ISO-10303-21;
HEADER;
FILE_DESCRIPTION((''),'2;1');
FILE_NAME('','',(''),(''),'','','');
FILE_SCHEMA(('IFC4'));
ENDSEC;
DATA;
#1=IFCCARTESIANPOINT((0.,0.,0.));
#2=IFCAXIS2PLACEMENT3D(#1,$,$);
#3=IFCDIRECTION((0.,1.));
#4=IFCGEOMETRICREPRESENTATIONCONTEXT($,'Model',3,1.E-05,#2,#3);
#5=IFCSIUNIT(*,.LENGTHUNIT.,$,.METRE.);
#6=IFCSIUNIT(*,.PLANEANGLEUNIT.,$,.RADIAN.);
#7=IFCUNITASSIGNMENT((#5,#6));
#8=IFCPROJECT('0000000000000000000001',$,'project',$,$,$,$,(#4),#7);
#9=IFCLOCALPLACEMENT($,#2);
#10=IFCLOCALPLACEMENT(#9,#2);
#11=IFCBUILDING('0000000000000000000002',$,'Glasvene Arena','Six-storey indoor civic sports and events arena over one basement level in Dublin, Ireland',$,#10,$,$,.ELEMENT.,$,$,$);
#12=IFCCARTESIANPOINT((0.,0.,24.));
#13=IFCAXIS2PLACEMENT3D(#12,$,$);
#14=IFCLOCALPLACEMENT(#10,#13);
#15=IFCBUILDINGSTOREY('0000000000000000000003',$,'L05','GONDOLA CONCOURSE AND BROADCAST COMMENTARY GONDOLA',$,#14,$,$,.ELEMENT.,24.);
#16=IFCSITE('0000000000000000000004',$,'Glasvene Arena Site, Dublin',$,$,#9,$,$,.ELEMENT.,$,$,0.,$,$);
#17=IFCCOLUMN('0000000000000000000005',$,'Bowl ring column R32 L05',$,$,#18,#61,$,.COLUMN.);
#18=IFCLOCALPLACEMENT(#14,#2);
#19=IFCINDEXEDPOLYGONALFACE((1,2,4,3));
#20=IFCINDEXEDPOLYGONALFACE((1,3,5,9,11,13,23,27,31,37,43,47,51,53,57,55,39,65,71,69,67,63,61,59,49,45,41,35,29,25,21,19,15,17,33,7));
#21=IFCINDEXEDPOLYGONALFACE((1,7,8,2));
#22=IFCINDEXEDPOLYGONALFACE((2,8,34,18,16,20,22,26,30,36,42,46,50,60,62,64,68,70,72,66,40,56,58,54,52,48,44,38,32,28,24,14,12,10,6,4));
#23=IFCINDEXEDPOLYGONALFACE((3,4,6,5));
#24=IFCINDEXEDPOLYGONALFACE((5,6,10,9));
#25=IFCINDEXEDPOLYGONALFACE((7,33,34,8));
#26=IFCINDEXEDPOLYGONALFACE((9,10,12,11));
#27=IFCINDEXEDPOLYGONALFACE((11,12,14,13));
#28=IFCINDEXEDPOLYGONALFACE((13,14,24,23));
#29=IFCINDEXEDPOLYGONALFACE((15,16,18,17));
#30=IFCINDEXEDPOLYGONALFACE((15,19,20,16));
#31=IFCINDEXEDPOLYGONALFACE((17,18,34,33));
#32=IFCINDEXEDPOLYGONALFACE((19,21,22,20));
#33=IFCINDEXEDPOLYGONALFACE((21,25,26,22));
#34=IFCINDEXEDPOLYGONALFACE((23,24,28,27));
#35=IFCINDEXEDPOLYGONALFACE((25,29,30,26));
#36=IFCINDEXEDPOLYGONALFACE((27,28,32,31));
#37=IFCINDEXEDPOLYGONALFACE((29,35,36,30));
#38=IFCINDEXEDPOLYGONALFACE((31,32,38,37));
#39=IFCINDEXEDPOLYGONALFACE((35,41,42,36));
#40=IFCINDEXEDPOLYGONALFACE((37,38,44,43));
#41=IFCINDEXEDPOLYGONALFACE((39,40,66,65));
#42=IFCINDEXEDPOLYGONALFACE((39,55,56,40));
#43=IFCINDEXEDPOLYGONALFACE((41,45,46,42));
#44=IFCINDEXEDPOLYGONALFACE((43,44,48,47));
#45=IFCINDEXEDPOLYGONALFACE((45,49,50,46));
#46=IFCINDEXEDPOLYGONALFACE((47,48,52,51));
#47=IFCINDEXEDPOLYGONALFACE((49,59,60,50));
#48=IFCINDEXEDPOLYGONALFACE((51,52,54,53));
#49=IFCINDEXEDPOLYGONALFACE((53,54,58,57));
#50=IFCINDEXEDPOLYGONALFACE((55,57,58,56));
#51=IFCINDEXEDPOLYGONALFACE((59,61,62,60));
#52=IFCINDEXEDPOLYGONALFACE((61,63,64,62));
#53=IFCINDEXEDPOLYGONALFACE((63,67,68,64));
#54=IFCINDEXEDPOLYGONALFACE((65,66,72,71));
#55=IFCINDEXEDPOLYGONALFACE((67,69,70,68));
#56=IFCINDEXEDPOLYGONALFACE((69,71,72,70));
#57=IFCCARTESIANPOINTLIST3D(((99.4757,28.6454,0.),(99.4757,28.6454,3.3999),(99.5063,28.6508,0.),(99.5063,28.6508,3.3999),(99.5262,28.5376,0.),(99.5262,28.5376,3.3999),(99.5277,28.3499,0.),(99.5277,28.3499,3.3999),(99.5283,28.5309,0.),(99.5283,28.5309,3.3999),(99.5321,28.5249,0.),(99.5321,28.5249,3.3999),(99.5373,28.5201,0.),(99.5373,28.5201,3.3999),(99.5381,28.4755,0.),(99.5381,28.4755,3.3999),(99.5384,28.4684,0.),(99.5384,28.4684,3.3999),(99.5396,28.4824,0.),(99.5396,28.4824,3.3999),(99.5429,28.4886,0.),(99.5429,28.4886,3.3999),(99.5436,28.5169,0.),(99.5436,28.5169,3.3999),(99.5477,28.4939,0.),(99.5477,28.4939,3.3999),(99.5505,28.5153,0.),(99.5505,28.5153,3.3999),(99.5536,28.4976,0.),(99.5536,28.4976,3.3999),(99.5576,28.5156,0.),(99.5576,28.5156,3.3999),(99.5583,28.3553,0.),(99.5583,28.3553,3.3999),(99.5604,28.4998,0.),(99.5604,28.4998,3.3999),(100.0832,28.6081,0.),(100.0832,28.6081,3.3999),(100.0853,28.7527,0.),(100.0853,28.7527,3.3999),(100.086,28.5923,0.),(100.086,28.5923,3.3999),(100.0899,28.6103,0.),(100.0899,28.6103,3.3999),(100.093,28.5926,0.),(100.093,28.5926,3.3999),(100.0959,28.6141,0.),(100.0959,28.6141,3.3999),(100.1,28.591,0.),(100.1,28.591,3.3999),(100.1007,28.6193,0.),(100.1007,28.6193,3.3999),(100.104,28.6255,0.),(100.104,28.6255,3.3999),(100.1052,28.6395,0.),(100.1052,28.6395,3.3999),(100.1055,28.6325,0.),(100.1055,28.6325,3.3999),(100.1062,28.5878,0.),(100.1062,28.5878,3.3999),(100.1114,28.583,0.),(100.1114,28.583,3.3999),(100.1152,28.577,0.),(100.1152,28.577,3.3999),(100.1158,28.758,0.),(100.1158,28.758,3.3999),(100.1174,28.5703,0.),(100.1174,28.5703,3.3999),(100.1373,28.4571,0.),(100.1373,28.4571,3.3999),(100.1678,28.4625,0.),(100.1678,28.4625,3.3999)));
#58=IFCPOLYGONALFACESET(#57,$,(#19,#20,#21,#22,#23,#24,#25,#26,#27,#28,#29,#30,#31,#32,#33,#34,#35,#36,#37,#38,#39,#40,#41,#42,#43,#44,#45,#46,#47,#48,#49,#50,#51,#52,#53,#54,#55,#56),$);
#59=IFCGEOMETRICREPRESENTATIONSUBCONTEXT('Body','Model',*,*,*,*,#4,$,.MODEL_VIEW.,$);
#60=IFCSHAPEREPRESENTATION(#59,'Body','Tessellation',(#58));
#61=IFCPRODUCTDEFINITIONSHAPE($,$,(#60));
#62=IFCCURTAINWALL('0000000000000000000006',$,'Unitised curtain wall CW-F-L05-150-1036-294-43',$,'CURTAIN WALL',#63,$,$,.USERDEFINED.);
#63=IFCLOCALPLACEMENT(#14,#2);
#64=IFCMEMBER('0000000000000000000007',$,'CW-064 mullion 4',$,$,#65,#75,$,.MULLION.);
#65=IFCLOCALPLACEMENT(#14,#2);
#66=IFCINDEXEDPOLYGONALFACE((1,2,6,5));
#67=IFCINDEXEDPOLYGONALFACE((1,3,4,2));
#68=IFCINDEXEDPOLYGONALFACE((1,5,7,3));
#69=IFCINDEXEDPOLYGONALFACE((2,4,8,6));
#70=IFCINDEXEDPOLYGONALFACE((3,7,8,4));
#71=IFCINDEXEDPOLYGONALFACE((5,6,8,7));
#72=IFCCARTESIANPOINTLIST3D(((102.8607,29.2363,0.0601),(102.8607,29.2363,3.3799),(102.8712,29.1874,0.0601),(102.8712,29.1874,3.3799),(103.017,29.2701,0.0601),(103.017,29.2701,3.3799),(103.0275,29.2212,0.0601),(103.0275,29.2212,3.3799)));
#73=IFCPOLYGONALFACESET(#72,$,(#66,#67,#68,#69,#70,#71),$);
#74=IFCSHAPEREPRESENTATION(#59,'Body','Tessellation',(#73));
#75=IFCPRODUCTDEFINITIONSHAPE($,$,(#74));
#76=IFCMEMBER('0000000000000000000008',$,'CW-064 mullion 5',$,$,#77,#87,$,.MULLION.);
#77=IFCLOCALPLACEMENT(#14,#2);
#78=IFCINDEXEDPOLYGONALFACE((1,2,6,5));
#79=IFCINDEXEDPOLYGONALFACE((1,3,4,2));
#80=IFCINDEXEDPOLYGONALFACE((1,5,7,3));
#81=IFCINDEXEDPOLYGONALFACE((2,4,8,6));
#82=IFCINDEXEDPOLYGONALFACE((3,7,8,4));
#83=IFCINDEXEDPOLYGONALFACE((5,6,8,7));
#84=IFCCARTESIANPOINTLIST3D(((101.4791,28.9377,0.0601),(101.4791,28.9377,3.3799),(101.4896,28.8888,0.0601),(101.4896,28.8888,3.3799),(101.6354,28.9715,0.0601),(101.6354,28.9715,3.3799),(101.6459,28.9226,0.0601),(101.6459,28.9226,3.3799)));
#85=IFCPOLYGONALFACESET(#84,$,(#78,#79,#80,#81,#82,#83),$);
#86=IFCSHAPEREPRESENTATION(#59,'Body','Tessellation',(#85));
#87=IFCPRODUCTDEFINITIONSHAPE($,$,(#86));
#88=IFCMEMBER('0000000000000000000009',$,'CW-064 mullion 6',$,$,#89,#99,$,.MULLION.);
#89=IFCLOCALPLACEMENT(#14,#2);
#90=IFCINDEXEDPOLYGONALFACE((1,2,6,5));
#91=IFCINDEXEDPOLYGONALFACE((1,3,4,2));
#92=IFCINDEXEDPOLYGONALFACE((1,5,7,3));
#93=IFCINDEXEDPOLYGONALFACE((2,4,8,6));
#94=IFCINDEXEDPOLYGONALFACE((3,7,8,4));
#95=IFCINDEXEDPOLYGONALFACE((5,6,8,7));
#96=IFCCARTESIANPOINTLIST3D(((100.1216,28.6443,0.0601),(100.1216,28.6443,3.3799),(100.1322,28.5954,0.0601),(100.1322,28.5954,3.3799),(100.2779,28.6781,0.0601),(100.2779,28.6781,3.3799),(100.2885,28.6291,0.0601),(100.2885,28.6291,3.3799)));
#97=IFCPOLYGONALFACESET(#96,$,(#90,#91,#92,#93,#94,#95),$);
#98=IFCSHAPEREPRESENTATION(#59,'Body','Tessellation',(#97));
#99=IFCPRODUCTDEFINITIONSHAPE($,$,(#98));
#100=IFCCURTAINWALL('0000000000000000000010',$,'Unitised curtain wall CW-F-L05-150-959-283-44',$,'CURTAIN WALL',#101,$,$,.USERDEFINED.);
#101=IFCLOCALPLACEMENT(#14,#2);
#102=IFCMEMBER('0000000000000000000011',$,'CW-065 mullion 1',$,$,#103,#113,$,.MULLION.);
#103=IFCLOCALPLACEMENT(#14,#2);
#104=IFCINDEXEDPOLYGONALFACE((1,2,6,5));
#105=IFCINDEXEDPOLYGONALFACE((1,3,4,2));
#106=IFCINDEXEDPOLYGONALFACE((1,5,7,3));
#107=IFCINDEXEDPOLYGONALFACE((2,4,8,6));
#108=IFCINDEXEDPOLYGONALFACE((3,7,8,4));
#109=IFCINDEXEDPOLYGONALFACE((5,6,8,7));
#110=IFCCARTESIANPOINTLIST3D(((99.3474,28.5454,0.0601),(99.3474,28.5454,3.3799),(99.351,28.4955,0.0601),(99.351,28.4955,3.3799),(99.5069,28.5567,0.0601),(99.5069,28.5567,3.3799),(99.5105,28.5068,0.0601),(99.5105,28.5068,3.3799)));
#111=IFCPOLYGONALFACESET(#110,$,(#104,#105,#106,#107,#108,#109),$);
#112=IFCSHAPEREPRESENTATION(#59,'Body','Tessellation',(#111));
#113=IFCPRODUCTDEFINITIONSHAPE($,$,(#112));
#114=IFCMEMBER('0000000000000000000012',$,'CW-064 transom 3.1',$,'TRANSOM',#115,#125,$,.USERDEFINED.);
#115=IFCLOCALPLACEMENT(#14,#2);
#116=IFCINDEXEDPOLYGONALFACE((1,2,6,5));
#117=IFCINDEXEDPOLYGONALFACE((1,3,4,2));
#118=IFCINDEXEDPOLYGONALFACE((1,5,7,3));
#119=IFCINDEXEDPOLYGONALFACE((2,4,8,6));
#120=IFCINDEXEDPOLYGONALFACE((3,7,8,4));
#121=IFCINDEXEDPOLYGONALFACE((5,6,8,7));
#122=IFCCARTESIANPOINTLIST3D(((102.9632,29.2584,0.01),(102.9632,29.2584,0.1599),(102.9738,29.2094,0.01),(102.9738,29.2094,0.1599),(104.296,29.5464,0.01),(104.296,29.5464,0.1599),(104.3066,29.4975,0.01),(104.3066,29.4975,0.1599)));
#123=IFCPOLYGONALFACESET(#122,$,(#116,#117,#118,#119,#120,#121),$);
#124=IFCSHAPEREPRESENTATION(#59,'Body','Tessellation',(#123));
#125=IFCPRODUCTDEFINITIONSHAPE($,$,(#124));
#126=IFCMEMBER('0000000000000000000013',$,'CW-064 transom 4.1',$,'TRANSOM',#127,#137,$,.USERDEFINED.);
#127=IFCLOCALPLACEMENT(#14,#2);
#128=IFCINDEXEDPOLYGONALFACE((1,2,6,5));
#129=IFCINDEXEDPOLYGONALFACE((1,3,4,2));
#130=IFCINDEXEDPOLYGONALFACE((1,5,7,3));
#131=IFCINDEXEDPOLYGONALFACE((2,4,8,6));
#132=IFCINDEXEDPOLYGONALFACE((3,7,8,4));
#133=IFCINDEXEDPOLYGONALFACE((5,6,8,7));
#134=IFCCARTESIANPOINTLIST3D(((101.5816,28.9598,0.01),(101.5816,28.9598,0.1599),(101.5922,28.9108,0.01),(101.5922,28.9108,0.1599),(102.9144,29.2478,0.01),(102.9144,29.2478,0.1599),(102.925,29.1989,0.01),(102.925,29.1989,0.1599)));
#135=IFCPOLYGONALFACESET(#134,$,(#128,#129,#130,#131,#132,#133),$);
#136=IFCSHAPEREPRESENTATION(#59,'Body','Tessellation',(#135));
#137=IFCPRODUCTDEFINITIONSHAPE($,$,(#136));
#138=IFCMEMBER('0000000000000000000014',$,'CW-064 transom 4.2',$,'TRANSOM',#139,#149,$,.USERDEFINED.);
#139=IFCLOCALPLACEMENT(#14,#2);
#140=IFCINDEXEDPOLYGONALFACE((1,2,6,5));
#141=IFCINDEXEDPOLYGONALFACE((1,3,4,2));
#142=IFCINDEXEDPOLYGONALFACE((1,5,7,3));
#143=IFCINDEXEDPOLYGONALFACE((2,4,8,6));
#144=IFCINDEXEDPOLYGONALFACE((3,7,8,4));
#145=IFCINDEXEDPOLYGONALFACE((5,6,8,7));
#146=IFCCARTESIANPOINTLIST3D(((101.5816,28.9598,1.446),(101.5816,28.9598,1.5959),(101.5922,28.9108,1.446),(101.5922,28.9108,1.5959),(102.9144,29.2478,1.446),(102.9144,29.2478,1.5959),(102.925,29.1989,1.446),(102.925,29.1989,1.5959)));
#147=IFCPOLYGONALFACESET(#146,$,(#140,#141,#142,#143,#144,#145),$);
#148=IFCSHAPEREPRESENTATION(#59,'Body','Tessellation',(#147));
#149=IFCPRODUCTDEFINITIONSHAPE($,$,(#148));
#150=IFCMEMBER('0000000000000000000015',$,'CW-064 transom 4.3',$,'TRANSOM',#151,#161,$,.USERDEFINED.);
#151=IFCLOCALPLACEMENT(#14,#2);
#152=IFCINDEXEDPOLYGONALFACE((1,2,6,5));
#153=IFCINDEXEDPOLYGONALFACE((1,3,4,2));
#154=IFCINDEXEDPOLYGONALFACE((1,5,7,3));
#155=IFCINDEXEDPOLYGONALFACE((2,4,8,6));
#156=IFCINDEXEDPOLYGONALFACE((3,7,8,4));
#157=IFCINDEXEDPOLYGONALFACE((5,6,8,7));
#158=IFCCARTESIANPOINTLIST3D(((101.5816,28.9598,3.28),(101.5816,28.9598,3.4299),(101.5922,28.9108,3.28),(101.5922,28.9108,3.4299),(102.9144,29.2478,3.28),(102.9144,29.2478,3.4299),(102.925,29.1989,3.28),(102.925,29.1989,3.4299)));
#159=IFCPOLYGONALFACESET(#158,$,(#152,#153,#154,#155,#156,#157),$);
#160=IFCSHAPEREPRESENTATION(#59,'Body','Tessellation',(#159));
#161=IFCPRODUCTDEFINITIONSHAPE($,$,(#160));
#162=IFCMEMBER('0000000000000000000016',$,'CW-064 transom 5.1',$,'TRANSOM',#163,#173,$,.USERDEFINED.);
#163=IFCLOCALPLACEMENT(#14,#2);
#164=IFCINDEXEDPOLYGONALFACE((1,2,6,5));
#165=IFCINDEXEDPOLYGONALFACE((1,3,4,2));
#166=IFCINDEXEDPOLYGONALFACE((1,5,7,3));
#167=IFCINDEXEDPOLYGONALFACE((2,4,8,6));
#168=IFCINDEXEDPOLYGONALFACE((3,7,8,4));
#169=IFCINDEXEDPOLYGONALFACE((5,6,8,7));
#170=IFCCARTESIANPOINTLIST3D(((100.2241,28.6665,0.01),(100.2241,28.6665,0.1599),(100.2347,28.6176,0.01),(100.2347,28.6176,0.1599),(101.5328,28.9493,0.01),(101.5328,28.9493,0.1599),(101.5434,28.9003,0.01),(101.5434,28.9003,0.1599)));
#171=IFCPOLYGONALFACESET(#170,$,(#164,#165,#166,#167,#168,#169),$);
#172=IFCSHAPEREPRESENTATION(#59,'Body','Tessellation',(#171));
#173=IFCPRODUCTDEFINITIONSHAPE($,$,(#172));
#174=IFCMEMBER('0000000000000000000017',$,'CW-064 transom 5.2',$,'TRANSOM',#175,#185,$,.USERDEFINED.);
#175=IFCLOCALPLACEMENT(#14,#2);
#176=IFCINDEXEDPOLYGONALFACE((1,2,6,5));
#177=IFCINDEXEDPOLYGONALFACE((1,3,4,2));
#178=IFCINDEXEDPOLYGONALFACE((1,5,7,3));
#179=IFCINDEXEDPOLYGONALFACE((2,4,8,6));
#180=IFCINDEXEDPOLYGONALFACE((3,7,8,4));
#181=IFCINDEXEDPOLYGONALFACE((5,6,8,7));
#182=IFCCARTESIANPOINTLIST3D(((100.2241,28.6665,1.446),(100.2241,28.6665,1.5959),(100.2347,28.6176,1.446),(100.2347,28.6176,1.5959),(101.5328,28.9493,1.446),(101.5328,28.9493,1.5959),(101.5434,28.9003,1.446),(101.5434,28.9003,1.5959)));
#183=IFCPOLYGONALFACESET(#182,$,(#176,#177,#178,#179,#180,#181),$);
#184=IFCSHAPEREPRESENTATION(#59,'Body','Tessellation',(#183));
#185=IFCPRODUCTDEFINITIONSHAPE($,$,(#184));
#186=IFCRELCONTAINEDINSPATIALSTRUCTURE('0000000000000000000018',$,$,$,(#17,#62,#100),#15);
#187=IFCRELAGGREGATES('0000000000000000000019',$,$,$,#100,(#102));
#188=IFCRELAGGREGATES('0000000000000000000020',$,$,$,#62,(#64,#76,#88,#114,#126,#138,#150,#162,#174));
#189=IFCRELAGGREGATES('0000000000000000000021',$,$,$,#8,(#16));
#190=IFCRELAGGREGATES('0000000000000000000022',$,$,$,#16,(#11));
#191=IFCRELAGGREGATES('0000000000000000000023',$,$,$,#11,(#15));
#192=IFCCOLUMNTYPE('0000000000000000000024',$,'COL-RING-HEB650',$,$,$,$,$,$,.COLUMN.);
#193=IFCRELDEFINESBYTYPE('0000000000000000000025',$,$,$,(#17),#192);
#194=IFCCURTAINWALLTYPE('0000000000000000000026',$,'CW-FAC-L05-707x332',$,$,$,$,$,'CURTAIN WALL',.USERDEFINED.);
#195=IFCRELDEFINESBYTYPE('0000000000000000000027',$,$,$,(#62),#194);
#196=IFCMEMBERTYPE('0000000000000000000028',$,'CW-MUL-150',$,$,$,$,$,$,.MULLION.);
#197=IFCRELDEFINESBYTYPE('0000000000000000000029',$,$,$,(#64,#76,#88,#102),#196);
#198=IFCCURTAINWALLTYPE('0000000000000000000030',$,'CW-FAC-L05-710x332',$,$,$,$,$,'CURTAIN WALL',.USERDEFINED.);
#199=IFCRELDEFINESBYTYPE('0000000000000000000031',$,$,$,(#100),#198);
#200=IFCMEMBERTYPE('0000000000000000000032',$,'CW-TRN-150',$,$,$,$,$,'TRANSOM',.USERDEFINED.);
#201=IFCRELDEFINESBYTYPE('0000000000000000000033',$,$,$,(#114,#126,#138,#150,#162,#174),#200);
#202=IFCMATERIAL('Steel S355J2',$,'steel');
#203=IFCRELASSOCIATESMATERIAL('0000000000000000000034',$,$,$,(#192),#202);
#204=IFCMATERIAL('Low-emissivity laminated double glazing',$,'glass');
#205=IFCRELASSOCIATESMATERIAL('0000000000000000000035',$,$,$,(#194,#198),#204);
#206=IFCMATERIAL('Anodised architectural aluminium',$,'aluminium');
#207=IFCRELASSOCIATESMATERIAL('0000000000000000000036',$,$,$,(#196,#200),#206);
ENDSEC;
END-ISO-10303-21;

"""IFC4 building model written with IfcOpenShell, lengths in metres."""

from ifc_helpers import new_model, si_unit, direction, frame, origin, origin_2d, place, context, subcontext, project, spatial, rectangle, i_section, extrude, material, material_profile, profile_set, type_object, element, aggregate, save


model = new_model("IFC4")

# Units and contexts
model_context = context("Model", 3, precision=1e-05, world=origin(), true_north=direction((0.0, 1.0)))
body_context = subcontext(model_context, "Body", "Model", "MODEL_VIEW")
ifc_project = project(units=[si_unit("LENGTHUNIT", "METRE"), si_unit("PLANEANGLEUNIT", "RADIAN")], contexts=[model_context])

# Site, building, storey
site_placement = place(None, origin())
site = spatial("IfcSite", under=ifc_project, at=site_placement, Name="Glasvene Arena Site, Dublin", CompositionType="ELEMENT", RefElevation=0.0)
building_placement = place(site_placement, origin())
building = spatial("IfcBuilding", under=site, at=building_placement, Name="Glasvene Arena", Description="Six-storey indoor civic sports and events arena over one basement level in Dublin, Ireland", CompositionType="ELEMENT")
storey_placement = place(building_placement, frame((0.0, 0.0, 24.0)))
storey = spatial("IfcBuildingStorey", under=building, at=storey_placement, Name="L05", Description="GONDOLA CONCOURSE AND BROADCAST COMMENTARY GONDOLA", CompositionType="ELEMENT", Elevation=24.0)

# Column
ifc_material_1 = material(Name="Steel S355J2", Category="steel")
ifc_material_profile_1 = material_profile(ifc_material_1, i_section(OverallWidth=0.3, OverallDepth=0.6499, WebThickness=0.0161, FlangeThickness=0.031, FilletRadius=0.0271, at=origin_2d()), Name="HEB 650")
ifc_profile_set_1 = profile_set([ifc_material_profile_1], Name="Steel S355J2")
column_type = type_object("IfcColumnType", Name="COL-RING-HEB650", PredefinedType="COLUMN", material=ifc_profile_set_1)
column_placement = place(storey_placement, frame((99.8218, 28.554, 0.0), z_axis=(0.0, 0.0, 1.0), x_axis=(0.173304, -0.984868, 0.0)))
element("IfcColumn", 1, at=column_placement, inside=storey, type_object=column_type, Name="Bowl ring column R32 L05", PredefinedType="COLUMN", context=body_context, shape_type="SweptSolid", body=[
    extrude(i_section(OverallWidth=0.3, OverallDepth=0.6499, WebThickness=0.0161, FlangeThickness=0.031, FilletRadius=0.0271, at=origin_2d()), origin(), (0.0, 0.0, 1.0), 3.3999),
])

# Curtain wall, members
ifc_material_2 = material(Name="Low-emissivity laminated double glazing", Category="glass")
curtain_wall_type_1 = type_object("IfcCurtainWallType", Name="CW-FAC-L05-707x332", ElementType="CURTAIN WALL", PredefinedType="USERDEFINED", material=ifc_material_2)
curtain_wall_1_placement = place(storey_placement, frame((107.0891, 30.1245, 0.0)))
curtain_wall_1 = element("IfcCurtainWall", 2, at=curtain_wall_1_placement, inside=storey, type_object=curtain_wall_type_1, Name="Unitised curtain wall CW-F-L05-150-1036-294-43", ObjectType="CURTAIN WALL", PredefinedType="USERDEFINED")
ifc_material_3 = material(Name="Anodised architectural aluminium", Category="aluminium")
ifc_material_profile_2 = material_profile(ifc_material_3, rectangle(XDim=0.05, YDim=0.1599, at=origin_2d()), Name="ALU MULLION 50x160")
ifc_profile_set_2 = profile_set([ifc_material_profile_2], Name="Anodised architectural aluminium")
member_type_1 = type_object("IfcMemberType", Name="CW-MUL-150", PredefinedType="MULLION", material=ifc_profile_set_2)
member_1_placement = place(storey_placement, frame((102.9441, 29.2288, 0.0601), z_axis=(0.0, 0.0, 1.0), x_axis=(0.211221, -0.977438, 0.0)))
member_1 = element("IfcMember", 3, at=member_1_placement, type_object=member_type_1, Name="CW-064 mullion 4", PredefinedType="MULLION", context=body_context, shape_type="SweptSolid", body=[
    extrude(rectangle(XDim=0.05, YDim=0.1599, at=origin_2d()), origin(), (0.0, 0.0, 1.0), 3.3198),
])
member_2_placement = place(storey_placement, frame((101.5625, 28.9302, 0.0601), z_axis=(0.0, 0.0, 1.0), x_axis=(0.211221, -0.977438, 0.0)))
member_2 = element("IfcMember", 4, at=member_2_placement, type_object=member_type_1, Name="CW-064 mullion 5", PredefinedType="MULLION", context=body_context, shape_type="SweptSolid", body=[
    extrude(rectangle(XDim=0.05, YDim=0.1599, at=origin_2d()), origin(), (0.0, 0.0, 1.0), 3.3198),
])
member_3_placement = place(storey_placement, frame((100.2051, 28.6367, 0.0601), z_axis=(0.0, 0.0, 1.0), x_axis=(0.211221, -0.977438, 0.0)))
member_3 = element("IfcMember", 5, at=member_3_placement, type_object=member_type_1, Name="CW-064 mullion 6", PredefinedType="MULLION", context=body_context, shape_type="SweptSolid", body=[
    extrude(rectangle(XDim=0.05, YDim=0.1599, at=origin_2d()), origin(), (0.0, 0.0, 1.0), 3.3198),
])

# Curtain wall, member
curtain_wall_type_2 = type_object("IfcCurtainWallType", Name="CW-FAC-L05-710x332", ElementType="CURTAIN WALL", PredefinedType="USERDEFINED", material=ifc_material_2)
curtain_wall_2_placement = place(storey_placement, frame((99.4539, 28.5281, 0.0)))
curtain_wall_2 = element("IfcCurtainWall", 6, at=curtain_wall_2_placement, inside=storey, type_object=curtain_wall_type_2, Name="Unitised curtain wall CW-F-L05-150-959-283-44", ObjectType="CURTAIN WALL", PredefinedType="USERDEFINED")
member_4_placement = place(storey_placement, frame((99.429, 28.5261, 0.0601), z_axis=(0.0, 0.0, 1.0), x_axis=(0.070657, -0.997501, 0.0)))
member_4 = element("IfcMember", 7, at=member_4_placement, type_object=member_type_1, Name="CW-065 mullion 1", PredefinedType="MULLION", context=body_context, shape_type="SweptSolid", body=[
    extrude(rectangle(XDim=0.05, YDim=0.1599, at=origin_2d()), origin(), (0.0, 0.0, 1.0), 3.3198),
])

# Members
ifc_material_profile_3 = material_profile(ifc_material_3, rectangle(XDim=0.05, YDim=0.1499, at=origin_2d()), Name="ALU TRANSOM 50x150")
ifc_profile_set_3 = profile_set([ifc_material_profile_3], Name="Anodised architectural aluminium")
member_type_2 = type_object("IfcMemberType", Name="CW-TRN-150", ElementType="TRANSOM", PredefinedType="USERDEFINED", material=ifc_profile_set_3)
member_5_placement = place(storey_placement, frame((104.3013, 29.522, 0.085), z_axis=(-0.977426, -0.211277, 0.0), x_axis=(0.211277, -0.977426, 0.0)))
member_5 = element("IfcMember", 8, at=member_5_placement, type_object=member_type_2, Name="CW-064 transom 3.1", ObjectType="TRANSOM", PredefinedType="USERDEFINED", context=body_context, shape_type="SweptSolid", body=[
    extrude(rectangle(XDim=0.05, YDim=0.1499, at=origin_2d()), origin(), (0.0, 0.0, 1.0), 1.3635),
])
member_6_placement = place(storey_placement, frame((102.9197, 29.2234, 0.085), z_axis=(-0.977426, -0.211277, 0.0), x_axis=(0.211277, -0.977426, 0.0)))
member_6 = element("IfcMember", 9, at=member_6_placement, type_object=member_type_2, Name="CW-064 transom 4.1", ObjectType="TRANSOM", PredefinedType="USERDEFINED", context=body_context, shape_type="SweptSolid", body=[
    extrude(rectangle(XDim=0.05, YDim=0.1499, at=origin_2d()), origin(), (0.0, 0.0, 1.0), 1.3635),
])
member_7_placement = place(storey_placement, frame((102.9197, 29.2234, 1.521), z_axis=(-0.977426, -0.211277, 0.0), x_axis=(0.211277, -0.977426, 0.0)))
member_7 = element("IfcMember", 10, at=member_7_placement, type_object=member_type_2, Name="CW-064 transom 4.2", ObjectType="TRANSOM", PredefinedType="USERDEFINED", context=body_context, shape_type="SweptSolid", body=[
    extrude(rectangle(XDim=0.05, YDim=0.1499, at=origin_2d()), origin(), (0.0, 0.0, 1.0), 1.3635),
])
member_8_placement = place(storey_placement, frame((102.9197, 29.2234, 3.355), z_axis=(-0.977426, -0.211277, 0.0), x_axis=(0.211277, -0.977426, 0.0)))
member_8 = element("IfcMember", 11, at=member_8_placement, type_object=member_type_2, Name="CW-064 transom 4.3", ObjectType="TRANSOM", PredefinedType="USERDEFINED", context=body_context, shape_type="SweptSolid", body=[
    extrude(rectangle(XDim=0.05, YDim=0.1499, at=origin_2d()), origin(), (0.0, 0.0, 1.0), 1.3635),
])
member_9_placement = place(storey_placement, frame((101.5381, 28.9248, 0.085), z_axis=(-0.977449, -0.211173, 0.0), x_axis=(0.211173, -0.977449, 0.0)))
member_9 = element("IfcMember", 12, at=member_9_placement, type_object=member_type_2, Name="CW-064 transom 5.1", ObjectType="TRANSOM", PredefinedType="USERDEFINED", context=body_context, shape_type="SweptSolid", body=[
    extrude(rectangle(XDim=0.05, YDim=0.1499, at=origin_2d()), origin(), (0.0, 0.0, 1.0), 1.3389),
])
member_10_placement = place(storey_placement, frame((101.5381, 28.9248, 1.521), z_axis=(-0.977449, -0.211173, 0.0), x_axis=(0.211173, -0.977449, 0.0)))
member_10 = element("IfcMember", 13, at=member_10_placement, type_object=member_type_2, Name="CW-064 transom 5.2", ObjectType="TRANSOM", PredefinedType="USERDEFINED", context=body_context, shape_type="SweptSolid", body=[
    extrude(rectangle(XDim=0.05, YDim=0.1499, at=origin_2d()), origin(), (0.0, 0.0, 1.0), 1.3389),
])
aggregate(curtain_wall_2, [member_4])

aggregate(curtain_wall_1, [member_1, member_2, member_3, member_5, member_6, member_7, member_8, member_9, member_10])

save(model, "model.ifc")
